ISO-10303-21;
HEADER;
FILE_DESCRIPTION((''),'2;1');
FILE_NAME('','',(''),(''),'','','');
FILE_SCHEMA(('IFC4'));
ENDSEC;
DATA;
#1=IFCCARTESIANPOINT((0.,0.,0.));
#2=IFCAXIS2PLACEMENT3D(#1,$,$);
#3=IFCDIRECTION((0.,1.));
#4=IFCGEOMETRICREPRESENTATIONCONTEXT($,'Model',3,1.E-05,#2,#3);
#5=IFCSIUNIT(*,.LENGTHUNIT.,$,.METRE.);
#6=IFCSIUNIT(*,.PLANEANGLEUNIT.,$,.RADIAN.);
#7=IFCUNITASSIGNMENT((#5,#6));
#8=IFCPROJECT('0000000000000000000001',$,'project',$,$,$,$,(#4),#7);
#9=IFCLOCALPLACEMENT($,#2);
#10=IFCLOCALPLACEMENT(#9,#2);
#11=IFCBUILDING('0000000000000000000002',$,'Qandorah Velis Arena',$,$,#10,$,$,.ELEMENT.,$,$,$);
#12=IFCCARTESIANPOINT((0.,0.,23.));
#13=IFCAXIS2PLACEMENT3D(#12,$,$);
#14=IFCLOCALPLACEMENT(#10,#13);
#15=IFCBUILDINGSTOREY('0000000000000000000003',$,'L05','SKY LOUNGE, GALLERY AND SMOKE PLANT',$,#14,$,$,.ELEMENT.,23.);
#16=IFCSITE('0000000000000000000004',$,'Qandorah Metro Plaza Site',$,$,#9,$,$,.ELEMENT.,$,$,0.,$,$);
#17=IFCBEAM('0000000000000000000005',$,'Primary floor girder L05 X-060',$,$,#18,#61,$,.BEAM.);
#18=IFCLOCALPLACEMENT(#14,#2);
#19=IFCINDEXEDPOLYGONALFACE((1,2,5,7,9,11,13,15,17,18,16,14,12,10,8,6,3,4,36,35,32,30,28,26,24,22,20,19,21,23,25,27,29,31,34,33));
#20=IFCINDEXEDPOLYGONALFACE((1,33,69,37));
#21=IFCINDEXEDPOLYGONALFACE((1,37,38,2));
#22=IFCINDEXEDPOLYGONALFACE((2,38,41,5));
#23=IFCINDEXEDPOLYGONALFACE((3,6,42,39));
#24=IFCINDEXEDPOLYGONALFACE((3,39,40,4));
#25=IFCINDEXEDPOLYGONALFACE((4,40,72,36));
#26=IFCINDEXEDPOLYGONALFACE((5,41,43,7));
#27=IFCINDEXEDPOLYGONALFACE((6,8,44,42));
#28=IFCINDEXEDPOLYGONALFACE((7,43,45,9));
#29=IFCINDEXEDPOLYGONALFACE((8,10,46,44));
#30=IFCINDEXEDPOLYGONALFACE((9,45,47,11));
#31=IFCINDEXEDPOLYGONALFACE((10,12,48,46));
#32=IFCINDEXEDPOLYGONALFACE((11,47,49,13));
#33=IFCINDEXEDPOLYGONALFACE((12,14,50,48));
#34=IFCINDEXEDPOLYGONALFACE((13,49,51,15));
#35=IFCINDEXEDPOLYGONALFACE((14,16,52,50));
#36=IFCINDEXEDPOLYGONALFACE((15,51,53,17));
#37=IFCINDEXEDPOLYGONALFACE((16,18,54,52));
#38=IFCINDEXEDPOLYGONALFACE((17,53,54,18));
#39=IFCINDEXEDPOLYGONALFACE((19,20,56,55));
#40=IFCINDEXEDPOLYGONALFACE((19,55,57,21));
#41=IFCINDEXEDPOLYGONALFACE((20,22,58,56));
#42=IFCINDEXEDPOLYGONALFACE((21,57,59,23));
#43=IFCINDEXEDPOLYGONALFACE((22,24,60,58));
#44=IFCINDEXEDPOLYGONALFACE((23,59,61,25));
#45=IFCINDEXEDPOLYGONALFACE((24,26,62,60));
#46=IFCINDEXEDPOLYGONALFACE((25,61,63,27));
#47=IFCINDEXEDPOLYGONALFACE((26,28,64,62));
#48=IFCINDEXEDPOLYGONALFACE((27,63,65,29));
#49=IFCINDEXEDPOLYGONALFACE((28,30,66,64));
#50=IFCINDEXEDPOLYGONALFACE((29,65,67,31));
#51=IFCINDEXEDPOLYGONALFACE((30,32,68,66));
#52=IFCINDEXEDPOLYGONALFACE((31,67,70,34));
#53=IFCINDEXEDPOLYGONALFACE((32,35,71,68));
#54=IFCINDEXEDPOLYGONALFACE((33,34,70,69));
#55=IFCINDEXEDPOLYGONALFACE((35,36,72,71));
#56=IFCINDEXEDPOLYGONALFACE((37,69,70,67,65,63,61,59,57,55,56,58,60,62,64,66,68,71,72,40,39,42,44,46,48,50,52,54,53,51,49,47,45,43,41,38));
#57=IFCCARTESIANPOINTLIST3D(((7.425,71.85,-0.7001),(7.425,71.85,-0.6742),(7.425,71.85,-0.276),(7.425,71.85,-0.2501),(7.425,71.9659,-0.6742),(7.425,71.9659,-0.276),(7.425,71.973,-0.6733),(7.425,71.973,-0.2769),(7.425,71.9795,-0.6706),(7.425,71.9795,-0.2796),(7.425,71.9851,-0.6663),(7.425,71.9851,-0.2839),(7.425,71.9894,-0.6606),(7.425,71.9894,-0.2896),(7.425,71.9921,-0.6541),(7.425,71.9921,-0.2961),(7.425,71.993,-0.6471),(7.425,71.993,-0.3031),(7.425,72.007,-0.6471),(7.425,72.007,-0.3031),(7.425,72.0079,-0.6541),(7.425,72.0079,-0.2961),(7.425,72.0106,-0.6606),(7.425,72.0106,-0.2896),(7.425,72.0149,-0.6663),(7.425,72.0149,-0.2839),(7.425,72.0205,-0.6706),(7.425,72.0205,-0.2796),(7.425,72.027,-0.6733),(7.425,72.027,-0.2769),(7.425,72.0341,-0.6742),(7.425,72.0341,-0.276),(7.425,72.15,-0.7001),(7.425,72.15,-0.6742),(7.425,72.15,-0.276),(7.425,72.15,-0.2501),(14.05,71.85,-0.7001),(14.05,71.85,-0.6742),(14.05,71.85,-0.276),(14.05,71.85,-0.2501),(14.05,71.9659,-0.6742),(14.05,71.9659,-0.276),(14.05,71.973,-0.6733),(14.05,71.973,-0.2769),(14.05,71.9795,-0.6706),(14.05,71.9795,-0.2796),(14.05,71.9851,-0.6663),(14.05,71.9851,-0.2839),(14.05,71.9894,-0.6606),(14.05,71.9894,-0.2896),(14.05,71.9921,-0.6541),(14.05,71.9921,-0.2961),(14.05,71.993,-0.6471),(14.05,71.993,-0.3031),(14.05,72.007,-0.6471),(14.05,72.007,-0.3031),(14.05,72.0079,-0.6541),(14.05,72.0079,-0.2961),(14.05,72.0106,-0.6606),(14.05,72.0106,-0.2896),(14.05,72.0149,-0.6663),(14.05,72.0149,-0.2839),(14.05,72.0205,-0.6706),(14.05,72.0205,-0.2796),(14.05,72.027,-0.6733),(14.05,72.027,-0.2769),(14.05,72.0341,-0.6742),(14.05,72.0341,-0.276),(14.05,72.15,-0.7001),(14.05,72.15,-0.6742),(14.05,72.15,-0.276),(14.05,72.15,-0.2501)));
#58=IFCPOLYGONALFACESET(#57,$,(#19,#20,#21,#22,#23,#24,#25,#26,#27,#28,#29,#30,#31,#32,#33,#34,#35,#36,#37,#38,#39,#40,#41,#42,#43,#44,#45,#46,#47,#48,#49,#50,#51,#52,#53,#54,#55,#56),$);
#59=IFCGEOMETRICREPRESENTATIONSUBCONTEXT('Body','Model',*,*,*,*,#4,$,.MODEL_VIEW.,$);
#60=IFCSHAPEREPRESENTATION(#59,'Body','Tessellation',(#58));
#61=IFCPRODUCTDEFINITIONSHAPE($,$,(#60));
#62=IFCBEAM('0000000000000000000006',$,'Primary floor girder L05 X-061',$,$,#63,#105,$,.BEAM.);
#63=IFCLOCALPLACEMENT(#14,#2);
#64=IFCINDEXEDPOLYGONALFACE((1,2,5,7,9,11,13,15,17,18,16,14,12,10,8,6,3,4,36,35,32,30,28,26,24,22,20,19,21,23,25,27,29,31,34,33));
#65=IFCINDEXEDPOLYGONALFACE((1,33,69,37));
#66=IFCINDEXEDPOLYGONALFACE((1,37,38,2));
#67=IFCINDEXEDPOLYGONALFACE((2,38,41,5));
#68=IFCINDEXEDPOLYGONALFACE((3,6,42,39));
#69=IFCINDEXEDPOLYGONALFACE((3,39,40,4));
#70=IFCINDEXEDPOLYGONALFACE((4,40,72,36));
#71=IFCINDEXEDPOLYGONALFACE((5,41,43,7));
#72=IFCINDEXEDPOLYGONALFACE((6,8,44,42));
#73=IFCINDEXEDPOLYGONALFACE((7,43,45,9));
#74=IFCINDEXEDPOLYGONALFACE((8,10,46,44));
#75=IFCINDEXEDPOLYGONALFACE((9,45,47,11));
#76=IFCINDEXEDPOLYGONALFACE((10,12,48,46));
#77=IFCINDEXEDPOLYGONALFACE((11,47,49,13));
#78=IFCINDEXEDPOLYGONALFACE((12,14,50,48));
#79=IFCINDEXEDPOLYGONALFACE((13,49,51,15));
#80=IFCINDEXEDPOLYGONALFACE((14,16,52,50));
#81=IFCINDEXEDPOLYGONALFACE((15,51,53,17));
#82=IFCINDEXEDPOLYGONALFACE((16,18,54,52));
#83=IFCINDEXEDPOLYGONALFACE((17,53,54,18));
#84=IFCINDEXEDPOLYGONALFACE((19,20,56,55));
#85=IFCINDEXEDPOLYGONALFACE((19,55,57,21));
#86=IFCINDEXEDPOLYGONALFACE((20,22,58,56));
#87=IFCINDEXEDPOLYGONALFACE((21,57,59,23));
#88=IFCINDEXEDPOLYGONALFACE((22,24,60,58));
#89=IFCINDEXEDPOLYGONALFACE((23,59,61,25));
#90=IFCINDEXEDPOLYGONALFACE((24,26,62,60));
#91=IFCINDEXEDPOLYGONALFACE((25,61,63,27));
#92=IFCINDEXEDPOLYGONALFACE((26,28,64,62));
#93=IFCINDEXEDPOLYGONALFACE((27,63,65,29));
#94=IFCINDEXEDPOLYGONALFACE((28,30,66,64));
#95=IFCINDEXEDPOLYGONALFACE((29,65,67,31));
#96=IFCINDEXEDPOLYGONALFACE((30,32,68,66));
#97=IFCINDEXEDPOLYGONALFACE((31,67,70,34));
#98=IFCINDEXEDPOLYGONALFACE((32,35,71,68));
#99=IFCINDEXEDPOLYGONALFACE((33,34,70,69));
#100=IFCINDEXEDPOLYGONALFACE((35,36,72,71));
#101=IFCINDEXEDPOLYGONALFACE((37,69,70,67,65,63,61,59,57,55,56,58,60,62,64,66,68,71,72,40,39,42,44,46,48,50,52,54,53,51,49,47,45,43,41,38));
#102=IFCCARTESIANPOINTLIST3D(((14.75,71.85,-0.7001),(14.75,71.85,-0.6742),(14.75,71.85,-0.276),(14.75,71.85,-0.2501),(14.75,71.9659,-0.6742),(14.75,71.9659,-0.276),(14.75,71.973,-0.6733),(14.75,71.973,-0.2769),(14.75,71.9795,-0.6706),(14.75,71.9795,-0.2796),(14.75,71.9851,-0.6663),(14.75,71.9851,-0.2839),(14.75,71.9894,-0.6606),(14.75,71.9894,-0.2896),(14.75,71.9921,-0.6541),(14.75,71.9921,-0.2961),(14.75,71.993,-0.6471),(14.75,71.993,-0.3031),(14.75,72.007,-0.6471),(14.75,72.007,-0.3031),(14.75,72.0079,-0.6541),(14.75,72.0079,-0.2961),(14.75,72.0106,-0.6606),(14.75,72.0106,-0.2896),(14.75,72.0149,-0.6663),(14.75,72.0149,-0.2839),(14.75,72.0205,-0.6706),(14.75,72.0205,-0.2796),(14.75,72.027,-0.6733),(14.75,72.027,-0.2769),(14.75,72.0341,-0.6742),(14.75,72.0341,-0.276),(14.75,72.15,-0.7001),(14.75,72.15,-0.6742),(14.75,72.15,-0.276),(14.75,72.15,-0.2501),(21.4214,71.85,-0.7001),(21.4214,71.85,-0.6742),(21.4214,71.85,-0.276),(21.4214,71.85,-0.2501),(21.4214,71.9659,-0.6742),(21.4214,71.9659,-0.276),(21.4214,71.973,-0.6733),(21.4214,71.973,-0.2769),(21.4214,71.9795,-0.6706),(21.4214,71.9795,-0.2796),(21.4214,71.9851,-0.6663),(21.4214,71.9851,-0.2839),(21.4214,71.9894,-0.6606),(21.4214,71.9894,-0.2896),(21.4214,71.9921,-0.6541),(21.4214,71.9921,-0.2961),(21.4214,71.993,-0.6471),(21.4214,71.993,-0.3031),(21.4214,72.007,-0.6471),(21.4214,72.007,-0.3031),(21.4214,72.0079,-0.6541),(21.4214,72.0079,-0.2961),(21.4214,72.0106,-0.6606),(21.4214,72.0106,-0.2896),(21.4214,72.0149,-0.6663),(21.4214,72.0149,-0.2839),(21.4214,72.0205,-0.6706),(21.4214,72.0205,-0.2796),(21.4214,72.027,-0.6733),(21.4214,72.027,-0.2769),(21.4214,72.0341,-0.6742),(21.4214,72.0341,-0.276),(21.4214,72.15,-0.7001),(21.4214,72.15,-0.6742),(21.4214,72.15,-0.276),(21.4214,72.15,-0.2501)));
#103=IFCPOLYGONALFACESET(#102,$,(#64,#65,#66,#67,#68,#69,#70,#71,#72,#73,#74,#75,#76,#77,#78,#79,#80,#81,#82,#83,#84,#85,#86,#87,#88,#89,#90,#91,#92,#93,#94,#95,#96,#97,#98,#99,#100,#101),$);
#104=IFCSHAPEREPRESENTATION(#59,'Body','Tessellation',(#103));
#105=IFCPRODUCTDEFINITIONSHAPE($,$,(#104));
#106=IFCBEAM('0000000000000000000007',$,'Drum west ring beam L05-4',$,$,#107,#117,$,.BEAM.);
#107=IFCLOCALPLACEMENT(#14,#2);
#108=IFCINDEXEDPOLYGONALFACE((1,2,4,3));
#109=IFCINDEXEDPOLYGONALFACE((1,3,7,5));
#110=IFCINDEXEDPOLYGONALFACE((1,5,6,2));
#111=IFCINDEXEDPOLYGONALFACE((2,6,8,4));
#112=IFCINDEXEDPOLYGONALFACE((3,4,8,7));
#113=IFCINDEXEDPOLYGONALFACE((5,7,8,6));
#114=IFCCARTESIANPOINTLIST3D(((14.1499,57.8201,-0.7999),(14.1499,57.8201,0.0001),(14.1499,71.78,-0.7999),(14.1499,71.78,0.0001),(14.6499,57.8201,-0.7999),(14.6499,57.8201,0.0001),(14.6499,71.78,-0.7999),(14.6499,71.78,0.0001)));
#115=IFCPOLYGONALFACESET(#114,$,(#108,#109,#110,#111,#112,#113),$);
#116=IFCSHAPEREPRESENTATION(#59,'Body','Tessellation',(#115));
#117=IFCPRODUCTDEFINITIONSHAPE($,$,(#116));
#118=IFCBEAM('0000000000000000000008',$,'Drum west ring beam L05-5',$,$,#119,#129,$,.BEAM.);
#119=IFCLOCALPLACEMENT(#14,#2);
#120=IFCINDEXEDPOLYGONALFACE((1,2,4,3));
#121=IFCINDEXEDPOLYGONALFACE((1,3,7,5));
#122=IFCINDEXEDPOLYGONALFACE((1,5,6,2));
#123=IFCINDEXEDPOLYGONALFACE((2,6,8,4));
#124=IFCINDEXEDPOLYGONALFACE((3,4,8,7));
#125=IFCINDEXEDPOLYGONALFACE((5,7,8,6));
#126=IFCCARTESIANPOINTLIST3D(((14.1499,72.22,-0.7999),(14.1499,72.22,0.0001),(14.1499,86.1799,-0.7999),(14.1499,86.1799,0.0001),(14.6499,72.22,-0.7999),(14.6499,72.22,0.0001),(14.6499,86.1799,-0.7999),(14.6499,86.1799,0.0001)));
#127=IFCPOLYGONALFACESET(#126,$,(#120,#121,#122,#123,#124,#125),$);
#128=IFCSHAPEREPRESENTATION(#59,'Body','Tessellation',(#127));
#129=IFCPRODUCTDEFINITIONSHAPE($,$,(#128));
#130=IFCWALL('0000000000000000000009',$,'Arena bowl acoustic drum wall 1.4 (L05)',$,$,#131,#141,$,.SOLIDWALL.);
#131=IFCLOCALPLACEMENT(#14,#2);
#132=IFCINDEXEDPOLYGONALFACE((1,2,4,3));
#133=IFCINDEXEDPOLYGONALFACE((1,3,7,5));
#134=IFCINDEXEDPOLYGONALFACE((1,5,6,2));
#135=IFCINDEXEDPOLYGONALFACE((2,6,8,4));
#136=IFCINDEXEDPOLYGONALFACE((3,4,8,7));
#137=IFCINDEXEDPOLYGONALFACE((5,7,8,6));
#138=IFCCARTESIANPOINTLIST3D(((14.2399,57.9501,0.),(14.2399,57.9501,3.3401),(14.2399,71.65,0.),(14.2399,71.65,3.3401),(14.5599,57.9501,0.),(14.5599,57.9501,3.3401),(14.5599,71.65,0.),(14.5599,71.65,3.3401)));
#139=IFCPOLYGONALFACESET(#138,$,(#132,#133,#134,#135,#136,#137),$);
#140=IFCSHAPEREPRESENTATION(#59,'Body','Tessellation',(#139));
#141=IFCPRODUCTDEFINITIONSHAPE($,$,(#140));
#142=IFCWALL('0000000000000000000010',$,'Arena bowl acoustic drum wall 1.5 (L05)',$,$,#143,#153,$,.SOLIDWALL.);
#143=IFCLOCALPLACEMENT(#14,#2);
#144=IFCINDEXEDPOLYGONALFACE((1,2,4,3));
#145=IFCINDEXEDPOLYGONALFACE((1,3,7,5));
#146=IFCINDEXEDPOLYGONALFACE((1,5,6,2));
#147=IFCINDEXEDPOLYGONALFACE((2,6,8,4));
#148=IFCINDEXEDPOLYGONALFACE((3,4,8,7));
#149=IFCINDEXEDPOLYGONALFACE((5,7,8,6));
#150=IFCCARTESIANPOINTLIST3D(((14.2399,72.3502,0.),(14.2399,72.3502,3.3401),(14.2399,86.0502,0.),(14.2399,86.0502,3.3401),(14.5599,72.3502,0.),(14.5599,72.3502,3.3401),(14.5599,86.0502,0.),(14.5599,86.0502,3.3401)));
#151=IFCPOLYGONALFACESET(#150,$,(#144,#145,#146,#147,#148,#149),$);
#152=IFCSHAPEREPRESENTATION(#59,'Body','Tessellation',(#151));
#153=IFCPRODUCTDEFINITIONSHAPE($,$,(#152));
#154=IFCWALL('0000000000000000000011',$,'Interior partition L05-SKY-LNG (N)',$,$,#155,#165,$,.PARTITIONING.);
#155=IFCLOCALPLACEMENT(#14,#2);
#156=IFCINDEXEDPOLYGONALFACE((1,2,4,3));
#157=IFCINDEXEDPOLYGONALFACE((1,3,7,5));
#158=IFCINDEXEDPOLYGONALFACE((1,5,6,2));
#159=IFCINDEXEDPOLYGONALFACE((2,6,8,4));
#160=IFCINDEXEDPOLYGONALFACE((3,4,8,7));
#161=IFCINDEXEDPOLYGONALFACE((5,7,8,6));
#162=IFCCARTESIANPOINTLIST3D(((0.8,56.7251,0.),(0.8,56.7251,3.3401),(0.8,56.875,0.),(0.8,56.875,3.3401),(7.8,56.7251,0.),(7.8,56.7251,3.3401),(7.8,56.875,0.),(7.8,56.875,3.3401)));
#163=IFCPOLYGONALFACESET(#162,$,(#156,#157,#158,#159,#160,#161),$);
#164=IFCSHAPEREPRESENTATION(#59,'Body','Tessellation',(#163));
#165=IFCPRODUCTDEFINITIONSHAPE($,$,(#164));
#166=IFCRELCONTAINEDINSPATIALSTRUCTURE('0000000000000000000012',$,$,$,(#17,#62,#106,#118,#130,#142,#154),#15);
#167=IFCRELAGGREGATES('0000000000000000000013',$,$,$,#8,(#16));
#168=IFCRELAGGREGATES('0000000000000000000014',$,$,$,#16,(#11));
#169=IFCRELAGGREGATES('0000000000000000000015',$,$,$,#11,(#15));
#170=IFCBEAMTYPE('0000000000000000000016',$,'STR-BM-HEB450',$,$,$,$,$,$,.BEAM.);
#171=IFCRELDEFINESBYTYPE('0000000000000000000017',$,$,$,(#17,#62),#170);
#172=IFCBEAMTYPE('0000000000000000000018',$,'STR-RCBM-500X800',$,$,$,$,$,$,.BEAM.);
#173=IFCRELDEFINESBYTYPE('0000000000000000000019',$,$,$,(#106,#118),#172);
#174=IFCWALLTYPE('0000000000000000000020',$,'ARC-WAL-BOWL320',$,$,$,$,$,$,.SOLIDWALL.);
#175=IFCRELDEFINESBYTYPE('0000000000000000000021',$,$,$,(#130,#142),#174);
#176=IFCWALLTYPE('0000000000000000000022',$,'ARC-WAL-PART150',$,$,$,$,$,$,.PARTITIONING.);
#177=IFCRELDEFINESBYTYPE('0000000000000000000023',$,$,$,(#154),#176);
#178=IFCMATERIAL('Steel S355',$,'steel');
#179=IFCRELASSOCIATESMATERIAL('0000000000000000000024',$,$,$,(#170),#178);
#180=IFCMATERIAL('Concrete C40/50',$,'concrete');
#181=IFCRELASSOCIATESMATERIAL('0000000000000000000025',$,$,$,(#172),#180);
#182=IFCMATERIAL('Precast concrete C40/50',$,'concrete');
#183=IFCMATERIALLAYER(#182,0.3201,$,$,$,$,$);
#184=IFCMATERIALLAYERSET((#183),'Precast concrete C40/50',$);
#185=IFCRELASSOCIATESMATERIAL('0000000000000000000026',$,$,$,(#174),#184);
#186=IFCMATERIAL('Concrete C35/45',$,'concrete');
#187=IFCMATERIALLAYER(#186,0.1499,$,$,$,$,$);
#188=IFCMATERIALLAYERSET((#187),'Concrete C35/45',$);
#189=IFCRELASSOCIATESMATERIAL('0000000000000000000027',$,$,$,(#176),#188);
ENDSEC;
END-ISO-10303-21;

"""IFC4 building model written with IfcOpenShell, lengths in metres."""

from ifc_helpers import new_model, si_unit, direction, frame, frame_2d, origin, origin_2d, place, context, subcontext, project, spatial, rectangle, i_section, extrude, material, layer, layer_set, material_profile, profile_set, type_object, element, save


model = new_model("IFC4")

# Units and contexts
model_context = context("Model", 3, precision=1e-05, world=origin(), true_north=direction((0.0, 1.0)))
body_context = subcontext(model_context, "Body", "Model", "MODEL_VIEW")
ifc_project = project(units=[si_unit("LENGTHUNIT", "METRE"), si_unit("PLANEANGLEUNIT", "RADIAN")], contexts=[model_context])

# Site, building, storey
site_placement = place(None, origin())
site = spatial("IfcSite", under=ifc_project, at=site_placement, Name="Qandorah Metro Plaza Site", CompositionType="ELEMENT", RefElevation=0.0)
building_placement = place(site_placement, origin())
building = spatial("IfcBuilding", under=site, at=building_placement, Name="Qandorah Velis Arena", CompositionType="ELEMENT")
storey_placement = place(building_placement, frame((0.0, 0.0, 23.0)))
storey = spatial("IfcBuildingStorey", under=building, at=storey_placement, Name="L05", Description="SKY LOUNGE, GALLERY AND SMOKE PLANT", CompositionType="ELEMENT", Elevation=23.0)

# Shared definitions
ifc_material_1 = material(Name="Concrete C40/50", Category="concrete")

# Beams
ifc_material_2 = material(Name="Steel S355", Category="steel")
ifc_material_profile_1 = material_profile(ifc_material_2, i_section(OverallWidth=0.3, OverallDepth=0.45, WebThickness=0.0139, FlangeThickness=0.0259, FilletRadius=0.0271, at=origin_2d()), Name="HEB 450")
ifc_profile_set_1 = profile_set([ifc_material_profile_1], Name="Steel S355")
beam_type_1 = type_object("IfcBeamType", Name="STR-BM-HEB450", PredefinedType="BEAM", material=ifc_profile_set_1)
beam_1_placement = place(storey_placement, frame((7.425, 72.0, -0.4751), z_axis=(1.0, 0.0, 0.0), x_axis=(0.0, 1.0, 0.0)))
element("IfcBeam", 1, at=beam_1_placement, inside=storey, type_object=beam_type_1, Name="Primary floor girder L05 X-060", PredefinedType="BEAM", context=body_context, shape_type="SweptSolid", body=[
    extrude(i_section(OverallWidth=0.3, OverallDepth=0.45, WebThickness=0.0139, FlangeThickness=0.0259, FilletRadius=0.0271, at=origin_2d()), origin(), (0.0, 0.0, 1.0), 6.625),
])
beam_2_placement = place(storey_placement, frame((14.75, 72.0, -0.4751), z_axis=(1.0, 0.0, 0.0), x_axis=(0.0, 1.0, 0.0)))
element("IfcBeam", 2, at=beam_2_placement, inside=storey, type_object=beam_type_1, Name="Primary floor girder L05 X-061", PredefinedType="BEAM", context=body_context, shape_type="SweptSolid", body=[
    extrude(i_section(OverallWidth=0.3, OverallDepth=0.45, WebThickness=0.0139, FlangeThickness=0.0259, FilletRadius=0.0271, at=origin_2d()), origin(), (0.0, 0.0, 1.0), 6.6714),
])
ifc_material_profile_2 = material_profile(ifc_material_1, rectangle(XDim=0.5, YDim=0.8, at=origin_2d()), Name="RC BM 500x800")
ifc_profile_set_2 = profile_set([ifc_material_profile_2], Name="Concrete C40/50")
beam_type_2 = type_object("IfcBeamType", Name="STR-RCBM-500X800", PredefinedType="BEAM", material=ifc_profile_set_2)
for number, where, z_axis, x_axis, name in (
    (3, (14.3999, 57.8201, -0.3999), (0.0, 1.0, 0.0), (-1.0, 0.0, 0.0), "Drum west ring beam L05-4"),
    (4, (14.3999, 72.22, -0.3999), (0.0, 1.0, 0.0), (-1.0, 0.0, 0.0), "Drum west ring beam L05-5"),
):
    element("IfcBeam", number, at=place(storey_placement, frame(where, z_axis=z_axis, x_axis=x_axis)), inside=storey, type_object=beam_type_2, Name=name, PredefinedType="BEAM", context=body_context, shape_type="SweptSolid", body=[
        extrude(rectangle(XDim=0.5, YDim=0.8, at=origin_2d()), origin(), (0.0, 0.0, 1.0), 13.96),
    ])

# Walls
ifc_material_3 = material(Name="Precast concrete C40/50", Category="concrete")
ifc_layer_1 = layer(ifc_material_3, 0.3201)
ifc_layer_set_1 = layer_set([ifc_layer_1], Name="Precast concrete C40/50")
wall_type_1 = type_object("IfcWallType", Name="ARC-WAL-BOWL320", PredefinedType="SOLIDWALL", material=ifc_layer_set_1)
for number, where, z_axis, x_axis, name in (
    (5, (14.3999, 57.95, 0.0), (0.0, 0.0, 1.0), (0.0, 1.0, 0.0), "Arena bowl acoustic drum wall 1.4 (L05)"),
    (6, (14.3999, 72.3501, 0.0), (0.0, 0.0, 1.0), (0.0, 1.0, 0.0), "Arena bowl acoustic drum wall 1.5 (L05)"),
):
    element("IfcWall", number, at=place(storey_placement, frame(where, z_axis=z_axis, x_axis=x_axis)), inside=storey, type_object=wall_type_1, Name=name, PredefinedType="SOLIDWALL", context=body_context, shape_type="SweptSolid", body=[
        extrude(rectangle(XDim=13.7, YDim=0.3201, at=frame_2d((6.8501, 0.0))), origin(), (0.0, 0.0, 1.0), 3.3401),
    ])
ifc_material_4 = material(Name="Concrete C35/45", Category="concrete")
ifc_layer_2 = layer(ifc_material_4, 0.1499)
ifc_layer_set_2 = layer_set([ifc_layer_2], Name="Concrete C35/45")
wall_type_2 = type_object("IfcWallType", Name="ARC-WAL-PART150", PredefinedType="PARTITIONING", material=ifc_layer_set_2)
wall_1_placement = place(storey_placement, frame((7.8, 56.8, 0.0), z_axis=(0.0, 0.0, 1.0), x_axis=(-1.0, 0.0, 0.0)))
element("IfcWall", 7, at=wall_1_placement, inside=storey, type_object=wall_type_2, Name="Interior partition L05-SKY-LNG (N)", PredefinedType="PARTITIONING", context=body_context, shape_type="SweptSolid", body=[
    extrude(rectangle(XDim=7.0, YDim=0.1499, at=frame_2d((3.5, 0.0))), origin(), (0.0, 0.0, 1.0), 3.3401),
])

save(model, "model.ifc")
